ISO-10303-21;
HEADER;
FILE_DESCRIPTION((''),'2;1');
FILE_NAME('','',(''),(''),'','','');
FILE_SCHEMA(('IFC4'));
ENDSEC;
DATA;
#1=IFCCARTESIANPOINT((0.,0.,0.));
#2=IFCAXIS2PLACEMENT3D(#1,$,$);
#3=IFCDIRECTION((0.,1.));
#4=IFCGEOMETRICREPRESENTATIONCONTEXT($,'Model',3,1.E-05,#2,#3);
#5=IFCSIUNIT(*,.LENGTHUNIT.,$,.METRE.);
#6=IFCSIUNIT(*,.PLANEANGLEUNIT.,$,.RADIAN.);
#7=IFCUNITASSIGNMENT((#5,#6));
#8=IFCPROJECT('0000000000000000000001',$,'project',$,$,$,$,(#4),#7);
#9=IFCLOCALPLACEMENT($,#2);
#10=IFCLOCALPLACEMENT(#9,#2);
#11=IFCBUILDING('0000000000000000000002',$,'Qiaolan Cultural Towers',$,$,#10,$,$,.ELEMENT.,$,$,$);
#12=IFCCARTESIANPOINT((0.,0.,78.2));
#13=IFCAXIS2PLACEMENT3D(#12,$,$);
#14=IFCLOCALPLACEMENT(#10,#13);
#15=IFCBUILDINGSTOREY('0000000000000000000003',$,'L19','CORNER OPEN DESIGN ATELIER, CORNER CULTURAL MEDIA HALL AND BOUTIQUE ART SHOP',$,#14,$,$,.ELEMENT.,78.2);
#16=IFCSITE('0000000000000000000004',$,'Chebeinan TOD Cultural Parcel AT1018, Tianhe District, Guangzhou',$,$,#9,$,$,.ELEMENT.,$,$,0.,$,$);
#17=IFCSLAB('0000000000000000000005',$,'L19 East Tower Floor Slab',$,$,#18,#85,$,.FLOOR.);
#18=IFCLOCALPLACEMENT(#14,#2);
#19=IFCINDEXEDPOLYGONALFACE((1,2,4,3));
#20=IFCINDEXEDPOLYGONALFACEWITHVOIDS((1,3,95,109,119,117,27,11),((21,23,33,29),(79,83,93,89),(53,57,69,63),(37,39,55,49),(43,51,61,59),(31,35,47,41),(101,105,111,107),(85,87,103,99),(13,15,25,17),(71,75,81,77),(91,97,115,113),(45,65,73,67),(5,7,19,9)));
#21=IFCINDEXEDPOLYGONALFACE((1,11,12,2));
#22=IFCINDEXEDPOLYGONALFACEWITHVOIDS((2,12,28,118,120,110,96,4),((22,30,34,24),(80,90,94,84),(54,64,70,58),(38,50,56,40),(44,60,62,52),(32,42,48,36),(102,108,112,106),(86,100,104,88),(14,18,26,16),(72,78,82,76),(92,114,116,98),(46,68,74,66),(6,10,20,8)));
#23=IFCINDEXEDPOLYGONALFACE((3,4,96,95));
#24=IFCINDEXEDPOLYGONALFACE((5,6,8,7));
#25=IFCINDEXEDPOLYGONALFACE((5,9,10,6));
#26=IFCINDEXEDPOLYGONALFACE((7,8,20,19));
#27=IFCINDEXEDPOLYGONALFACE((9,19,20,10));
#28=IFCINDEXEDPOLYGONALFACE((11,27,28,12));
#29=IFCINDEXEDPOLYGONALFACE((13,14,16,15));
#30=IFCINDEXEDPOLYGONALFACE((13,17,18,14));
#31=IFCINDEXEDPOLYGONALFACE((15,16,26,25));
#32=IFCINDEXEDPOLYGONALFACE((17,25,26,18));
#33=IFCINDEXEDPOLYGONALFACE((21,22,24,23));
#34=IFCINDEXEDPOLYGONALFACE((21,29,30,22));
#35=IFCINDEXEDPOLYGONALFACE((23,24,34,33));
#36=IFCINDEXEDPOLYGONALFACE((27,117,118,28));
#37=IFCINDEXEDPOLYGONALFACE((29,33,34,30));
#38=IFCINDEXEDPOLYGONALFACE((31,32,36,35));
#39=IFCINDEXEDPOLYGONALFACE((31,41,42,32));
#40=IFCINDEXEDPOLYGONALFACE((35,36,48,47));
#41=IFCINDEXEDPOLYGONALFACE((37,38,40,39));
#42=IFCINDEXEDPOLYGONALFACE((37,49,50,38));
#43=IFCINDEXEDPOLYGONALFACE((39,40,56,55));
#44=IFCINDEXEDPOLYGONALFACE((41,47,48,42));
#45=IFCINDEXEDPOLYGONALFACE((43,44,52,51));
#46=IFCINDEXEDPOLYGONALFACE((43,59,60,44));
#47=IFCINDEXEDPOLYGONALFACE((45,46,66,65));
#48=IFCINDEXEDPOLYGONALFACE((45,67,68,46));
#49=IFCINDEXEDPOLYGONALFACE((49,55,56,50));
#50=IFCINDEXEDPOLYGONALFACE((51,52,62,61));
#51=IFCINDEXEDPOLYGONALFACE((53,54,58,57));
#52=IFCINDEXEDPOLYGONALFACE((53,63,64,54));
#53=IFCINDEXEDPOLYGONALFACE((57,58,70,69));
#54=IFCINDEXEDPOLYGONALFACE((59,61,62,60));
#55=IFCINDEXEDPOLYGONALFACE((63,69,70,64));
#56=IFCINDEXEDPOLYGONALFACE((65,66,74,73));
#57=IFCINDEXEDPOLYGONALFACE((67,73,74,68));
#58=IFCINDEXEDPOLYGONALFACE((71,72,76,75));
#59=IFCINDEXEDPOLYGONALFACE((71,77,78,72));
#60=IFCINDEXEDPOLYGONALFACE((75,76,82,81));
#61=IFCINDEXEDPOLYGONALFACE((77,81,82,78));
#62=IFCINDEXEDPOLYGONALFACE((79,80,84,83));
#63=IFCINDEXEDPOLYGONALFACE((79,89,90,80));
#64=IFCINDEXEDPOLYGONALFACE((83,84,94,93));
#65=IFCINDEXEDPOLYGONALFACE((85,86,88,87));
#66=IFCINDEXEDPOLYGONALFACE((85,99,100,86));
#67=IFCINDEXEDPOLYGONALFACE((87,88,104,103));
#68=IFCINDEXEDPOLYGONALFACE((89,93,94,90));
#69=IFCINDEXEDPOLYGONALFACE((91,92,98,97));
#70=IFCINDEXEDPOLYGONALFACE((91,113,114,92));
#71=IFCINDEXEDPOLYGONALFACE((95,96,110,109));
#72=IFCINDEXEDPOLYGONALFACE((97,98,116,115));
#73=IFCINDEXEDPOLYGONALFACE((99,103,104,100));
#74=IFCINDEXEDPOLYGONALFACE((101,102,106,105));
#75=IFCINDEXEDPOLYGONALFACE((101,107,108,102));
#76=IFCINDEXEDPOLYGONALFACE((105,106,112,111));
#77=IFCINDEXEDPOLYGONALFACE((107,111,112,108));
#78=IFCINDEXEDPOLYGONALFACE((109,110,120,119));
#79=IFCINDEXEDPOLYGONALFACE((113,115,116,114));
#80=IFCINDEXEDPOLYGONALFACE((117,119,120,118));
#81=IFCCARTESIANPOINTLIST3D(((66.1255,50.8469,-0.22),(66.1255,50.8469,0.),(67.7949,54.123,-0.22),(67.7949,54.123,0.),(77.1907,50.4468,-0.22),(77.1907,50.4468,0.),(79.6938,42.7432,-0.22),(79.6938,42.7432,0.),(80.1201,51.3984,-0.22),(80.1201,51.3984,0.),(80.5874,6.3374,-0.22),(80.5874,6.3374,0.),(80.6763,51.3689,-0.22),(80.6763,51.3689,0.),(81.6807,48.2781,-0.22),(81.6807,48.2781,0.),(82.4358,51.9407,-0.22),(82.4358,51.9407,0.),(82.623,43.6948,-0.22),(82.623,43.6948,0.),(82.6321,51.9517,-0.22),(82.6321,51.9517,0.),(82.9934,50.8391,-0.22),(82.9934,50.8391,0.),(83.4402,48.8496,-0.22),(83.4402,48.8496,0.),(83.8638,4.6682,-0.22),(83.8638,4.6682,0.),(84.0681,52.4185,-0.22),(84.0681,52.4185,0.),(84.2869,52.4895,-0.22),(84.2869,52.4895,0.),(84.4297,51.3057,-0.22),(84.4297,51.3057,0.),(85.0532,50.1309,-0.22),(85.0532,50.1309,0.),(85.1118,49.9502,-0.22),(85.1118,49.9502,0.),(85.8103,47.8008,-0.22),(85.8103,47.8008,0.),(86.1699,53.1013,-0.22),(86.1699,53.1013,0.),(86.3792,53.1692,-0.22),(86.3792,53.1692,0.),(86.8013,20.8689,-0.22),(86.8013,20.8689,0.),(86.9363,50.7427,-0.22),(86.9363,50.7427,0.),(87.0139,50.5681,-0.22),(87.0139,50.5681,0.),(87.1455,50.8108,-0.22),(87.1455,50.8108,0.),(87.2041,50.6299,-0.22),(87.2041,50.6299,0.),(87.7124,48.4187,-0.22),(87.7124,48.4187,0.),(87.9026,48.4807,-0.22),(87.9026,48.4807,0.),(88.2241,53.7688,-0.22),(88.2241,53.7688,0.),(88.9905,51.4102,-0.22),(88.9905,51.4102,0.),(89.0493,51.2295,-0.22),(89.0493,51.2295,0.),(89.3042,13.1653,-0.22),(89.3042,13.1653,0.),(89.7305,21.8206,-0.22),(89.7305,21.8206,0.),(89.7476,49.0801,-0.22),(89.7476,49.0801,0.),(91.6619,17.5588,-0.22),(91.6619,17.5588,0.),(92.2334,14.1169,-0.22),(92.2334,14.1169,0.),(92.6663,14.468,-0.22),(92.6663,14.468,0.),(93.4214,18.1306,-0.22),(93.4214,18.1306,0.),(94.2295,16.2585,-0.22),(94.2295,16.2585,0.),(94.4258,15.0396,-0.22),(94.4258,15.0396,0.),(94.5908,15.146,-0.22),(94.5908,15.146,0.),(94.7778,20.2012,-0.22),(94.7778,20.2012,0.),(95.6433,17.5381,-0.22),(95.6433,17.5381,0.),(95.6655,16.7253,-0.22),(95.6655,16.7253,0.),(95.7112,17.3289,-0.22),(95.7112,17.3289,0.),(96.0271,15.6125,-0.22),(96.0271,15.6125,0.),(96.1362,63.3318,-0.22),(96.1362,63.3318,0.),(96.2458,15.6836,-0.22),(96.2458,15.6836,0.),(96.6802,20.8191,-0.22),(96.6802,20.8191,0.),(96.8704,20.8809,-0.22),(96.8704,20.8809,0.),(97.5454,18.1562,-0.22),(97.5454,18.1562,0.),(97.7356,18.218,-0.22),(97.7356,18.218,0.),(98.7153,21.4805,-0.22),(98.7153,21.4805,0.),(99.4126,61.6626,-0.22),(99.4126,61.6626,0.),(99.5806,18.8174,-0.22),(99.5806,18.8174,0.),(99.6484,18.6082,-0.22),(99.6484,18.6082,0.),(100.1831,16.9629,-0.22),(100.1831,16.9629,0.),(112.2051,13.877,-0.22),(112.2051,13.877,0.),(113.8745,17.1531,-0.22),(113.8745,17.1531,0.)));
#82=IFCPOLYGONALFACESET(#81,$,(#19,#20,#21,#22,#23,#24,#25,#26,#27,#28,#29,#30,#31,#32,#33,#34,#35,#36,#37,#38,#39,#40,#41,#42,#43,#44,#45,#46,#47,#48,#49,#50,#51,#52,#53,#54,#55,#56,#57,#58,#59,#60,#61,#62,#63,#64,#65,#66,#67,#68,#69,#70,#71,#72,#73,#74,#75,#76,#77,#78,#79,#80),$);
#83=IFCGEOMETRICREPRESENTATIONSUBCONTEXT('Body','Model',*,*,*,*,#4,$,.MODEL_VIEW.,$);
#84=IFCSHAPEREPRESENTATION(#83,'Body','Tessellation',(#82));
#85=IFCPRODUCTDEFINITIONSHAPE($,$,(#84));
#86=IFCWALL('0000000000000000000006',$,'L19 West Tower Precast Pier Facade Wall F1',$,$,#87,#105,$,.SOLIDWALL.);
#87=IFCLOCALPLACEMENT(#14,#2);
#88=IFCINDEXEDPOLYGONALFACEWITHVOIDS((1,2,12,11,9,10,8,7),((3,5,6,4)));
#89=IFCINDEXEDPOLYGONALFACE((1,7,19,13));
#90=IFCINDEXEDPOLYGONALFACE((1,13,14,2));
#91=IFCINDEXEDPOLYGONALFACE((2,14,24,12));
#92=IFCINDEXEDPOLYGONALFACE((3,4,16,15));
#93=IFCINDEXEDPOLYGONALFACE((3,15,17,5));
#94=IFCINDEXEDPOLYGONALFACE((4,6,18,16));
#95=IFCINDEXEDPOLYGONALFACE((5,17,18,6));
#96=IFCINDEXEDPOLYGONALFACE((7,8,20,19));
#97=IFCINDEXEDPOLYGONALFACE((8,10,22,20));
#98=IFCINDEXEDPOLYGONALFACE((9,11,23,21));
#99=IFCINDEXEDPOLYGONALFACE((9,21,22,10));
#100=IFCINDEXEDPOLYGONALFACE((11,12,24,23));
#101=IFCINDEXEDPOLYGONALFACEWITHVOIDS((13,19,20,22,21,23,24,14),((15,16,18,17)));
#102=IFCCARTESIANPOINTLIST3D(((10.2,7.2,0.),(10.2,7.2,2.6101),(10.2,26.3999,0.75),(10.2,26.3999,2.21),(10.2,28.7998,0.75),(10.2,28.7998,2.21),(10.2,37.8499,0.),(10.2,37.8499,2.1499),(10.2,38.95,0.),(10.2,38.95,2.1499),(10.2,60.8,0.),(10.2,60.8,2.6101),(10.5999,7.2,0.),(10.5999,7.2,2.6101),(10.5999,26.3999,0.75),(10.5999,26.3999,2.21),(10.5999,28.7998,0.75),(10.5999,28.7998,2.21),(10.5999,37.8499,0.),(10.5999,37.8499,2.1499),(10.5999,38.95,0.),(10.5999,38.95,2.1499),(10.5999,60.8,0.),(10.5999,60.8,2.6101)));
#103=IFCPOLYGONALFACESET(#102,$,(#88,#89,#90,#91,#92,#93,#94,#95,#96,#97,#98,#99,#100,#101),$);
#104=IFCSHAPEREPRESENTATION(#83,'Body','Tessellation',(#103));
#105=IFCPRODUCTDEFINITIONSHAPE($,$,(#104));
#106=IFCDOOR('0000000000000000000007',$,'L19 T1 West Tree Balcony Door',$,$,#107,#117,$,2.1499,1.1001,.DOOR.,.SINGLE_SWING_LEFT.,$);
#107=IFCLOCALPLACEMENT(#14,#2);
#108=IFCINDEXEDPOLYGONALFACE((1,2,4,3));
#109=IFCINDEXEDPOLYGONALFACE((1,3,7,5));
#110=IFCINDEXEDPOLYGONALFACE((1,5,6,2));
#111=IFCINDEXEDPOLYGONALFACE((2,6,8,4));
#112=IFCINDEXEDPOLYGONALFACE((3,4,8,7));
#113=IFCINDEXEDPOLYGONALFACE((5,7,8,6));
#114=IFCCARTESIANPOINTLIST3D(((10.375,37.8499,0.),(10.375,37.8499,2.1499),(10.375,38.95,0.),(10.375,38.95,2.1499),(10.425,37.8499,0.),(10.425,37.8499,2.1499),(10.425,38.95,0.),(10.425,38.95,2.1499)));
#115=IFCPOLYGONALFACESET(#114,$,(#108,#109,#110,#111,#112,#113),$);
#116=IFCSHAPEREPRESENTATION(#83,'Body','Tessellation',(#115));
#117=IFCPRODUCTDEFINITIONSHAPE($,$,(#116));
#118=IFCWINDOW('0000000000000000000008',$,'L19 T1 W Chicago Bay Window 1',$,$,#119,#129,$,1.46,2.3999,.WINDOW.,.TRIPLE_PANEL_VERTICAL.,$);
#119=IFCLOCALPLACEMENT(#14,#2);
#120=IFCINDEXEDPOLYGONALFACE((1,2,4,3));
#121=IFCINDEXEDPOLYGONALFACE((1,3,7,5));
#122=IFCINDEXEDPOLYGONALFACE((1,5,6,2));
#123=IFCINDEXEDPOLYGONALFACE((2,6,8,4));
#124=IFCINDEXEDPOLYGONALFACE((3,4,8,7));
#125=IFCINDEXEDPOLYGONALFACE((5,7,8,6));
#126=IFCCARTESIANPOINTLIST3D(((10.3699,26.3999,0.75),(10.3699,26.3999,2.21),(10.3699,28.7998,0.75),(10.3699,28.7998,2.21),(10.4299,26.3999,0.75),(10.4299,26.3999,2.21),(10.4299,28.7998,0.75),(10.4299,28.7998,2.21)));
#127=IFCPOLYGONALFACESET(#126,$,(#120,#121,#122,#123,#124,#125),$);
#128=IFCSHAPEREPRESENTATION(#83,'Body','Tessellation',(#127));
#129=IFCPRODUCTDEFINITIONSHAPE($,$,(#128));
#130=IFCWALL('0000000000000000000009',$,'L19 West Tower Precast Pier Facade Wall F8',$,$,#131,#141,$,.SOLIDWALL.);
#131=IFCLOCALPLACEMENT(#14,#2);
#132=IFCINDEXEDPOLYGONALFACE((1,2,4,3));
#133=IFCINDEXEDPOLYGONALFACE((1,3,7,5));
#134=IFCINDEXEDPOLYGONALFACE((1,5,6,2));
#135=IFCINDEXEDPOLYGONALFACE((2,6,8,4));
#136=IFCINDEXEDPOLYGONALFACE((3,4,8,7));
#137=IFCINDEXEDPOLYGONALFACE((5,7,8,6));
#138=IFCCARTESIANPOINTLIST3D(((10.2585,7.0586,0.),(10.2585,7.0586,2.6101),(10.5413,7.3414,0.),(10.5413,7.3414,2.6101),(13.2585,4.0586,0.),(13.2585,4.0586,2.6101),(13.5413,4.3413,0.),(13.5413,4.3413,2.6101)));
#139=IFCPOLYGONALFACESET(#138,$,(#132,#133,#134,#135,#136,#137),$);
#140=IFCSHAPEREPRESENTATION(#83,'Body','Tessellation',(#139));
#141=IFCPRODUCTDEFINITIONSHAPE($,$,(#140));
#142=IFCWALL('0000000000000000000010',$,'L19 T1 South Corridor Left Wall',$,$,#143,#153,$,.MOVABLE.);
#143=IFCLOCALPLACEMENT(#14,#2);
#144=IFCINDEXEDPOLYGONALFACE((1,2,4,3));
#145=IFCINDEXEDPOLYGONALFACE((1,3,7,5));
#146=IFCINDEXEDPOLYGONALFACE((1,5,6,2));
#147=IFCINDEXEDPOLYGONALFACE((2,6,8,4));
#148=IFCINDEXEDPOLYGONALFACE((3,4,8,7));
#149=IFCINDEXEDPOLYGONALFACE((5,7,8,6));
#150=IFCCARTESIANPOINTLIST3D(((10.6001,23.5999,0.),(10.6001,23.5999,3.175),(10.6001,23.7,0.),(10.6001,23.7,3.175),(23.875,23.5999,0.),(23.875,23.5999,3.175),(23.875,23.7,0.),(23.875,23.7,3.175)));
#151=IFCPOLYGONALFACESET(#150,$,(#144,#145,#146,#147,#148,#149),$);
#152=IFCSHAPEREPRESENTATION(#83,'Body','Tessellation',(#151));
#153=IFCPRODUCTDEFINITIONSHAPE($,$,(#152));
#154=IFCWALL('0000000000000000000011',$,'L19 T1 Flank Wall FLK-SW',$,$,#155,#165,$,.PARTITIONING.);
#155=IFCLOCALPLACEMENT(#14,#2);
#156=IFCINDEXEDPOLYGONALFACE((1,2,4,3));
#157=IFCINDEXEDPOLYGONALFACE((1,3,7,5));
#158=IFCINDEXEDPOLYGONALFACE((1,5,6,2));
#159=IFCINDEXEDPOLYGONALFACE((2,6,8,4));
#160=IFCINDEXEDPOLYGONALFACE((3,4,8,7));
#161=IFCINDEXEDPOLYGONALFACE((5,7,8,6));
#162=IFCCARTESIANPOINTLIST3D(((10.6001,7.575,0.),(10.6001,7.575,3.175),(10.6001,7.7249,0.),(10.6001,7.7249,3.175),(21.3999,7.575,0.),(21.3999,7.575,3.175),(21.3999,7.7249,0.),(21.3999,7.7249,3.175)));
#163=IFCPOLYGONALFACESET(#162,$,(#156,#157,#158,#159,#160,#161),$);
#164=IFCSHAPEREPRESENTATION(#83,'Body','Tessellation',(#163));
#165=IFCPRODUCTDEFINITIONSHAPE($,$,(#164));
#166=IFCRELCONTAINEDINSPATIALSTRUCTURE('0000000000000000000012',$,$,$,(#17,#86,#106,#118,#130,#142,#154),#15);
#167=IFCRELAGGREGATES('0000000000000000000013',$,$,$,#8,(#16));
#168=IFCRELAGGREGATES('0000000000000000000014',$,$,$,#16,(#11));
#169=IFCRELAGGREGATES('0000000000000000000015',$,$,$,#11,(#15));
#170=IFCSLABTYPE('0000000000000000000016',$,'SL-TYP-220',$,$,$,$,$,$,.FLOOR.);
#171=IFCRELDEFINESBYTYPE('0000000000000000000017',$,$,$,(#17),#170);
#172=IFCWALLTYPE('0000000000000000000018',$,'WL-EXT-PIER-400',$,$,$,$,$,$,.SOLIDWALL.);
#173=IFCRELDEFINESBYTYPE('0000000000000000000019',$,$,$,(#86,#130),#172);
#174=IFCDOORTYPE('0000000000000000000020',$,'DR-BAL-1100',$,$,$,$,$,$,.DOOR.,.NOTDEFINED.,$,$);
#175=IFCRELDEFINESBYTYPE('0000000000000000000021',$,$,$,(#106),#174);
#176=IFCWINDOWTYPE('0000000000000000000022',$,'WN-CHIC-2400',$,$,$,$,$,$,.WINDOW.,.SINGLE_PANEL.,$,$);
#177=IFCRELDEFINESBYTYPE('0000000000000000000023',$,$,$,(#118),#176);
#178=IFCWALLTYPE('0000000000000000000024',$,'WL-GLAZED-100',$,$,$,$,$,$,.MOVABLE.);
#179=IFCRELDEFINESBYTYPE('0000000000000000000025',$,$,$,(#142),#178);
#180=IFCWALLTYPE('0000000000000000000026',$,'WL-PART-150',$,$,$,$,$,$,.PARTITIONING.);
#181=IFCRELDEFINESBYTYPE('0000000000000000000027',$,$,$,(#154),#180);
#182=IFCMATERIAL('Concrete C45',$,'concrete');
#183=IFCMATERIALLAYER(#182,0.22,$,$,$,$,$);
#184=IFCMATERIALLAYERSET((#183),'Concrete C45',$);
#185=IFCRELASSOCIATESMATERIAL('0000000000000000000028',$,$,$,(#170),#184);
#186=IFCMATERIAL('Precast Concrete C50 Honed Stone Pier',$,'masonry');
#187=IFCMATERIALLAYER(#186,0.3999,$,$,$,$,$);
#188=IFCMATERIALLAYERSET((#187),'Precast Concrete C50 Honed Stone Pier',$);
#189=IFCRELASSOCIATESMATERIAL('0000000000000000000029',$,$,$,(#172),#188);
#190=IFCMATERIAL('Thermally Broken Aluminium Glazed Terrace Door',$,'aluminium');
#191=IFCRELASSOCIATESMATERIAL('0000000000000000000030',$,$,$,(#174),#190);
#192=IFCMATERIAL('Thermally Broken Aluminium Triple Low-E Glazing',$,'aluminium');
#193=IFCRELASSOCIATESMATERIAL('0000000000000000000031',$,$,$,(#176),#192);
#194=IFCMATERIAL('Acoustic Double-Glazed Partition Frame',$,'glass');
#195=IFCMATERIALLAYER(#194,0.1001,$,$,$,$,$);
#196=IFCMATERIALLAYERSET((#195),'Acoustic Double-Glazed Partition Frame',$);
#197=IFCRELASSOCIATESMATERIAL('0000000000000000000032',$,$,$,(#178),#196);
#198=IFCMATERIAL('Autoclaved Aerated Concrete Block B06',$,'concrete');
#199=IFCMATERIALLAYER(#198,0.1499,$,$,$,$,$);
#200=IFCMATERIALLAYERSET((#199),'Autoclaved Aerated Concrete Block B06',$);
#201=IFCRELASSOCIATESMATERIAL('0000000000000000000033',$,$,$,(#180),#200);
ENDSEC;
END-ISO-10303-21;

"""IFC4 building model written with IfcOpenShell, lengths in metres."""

from ifc_helpers import new_model, si_unit, direction, frame, frame_2d, origin, place, context, subcontext, project, spatial, polyline, rectangle, outline, extrude, material, layer, layer_set, type_object, element, fill, save


model = new_model("IFC4")

# Units and contexts
model_context = context("Model", 3, precision=1e-05, world=origin(), true_north=direction((0.0, 1.0)))
body_context = subcontext(model_context, "Body", "Model", "MODEL_VIEW")
ifc_project = project(units=[si_unit("LENGTHUNIT", "METRE"), si_unit("PLANEANGLEUNIT", "RADIAN")], contexts=[model_context])

# Site, building, storey
site_placement = place(None, origin())
site = spatial("IfcSite", under=ifc_project, at=site_placement, Name="Chebeinan TOD Cultural Parcel AT1018, Tianhe District, Guangzhou", CompositionType="ELEMENT", RefElevation=0.0)
building_placement = place(site_placement, origin())
building = spatial("IfcBuilding", under=site, at=building_placement, Name="Qiaolan Cultural Towers", CompositionType="ELEMENT")
storey_placement = place(building_placement, frame((0.0, 0.0, 78.2)))
storey = spatial("IfcBuildingStorey", under=building, at=storey_placement, Name="L19", Description="CORNER OPEN DESIGN ATELIER, CORNER CULTURAL MEDIA HALL AND BOUTIQUE ART SHOP", CompositionType="ELEMENT", Elevation=78.2)

# Slab
ifc_material_1 = material(Name="Concrete C45", Category="concrete")
ifc_layer_1 = layer(ifc_material_1, 0.22)
ifc_layer_set_1 = layer_set([ifc_layer_1], Name="Concrete C45")
slab_type_1 = type_object("IfcSlabType", Name="SL-TYP-220", PredefinedType="FLOOR", material=ifc_layer_set_1)
slab_1_placement = place(storey_placement, frame((0.0, 0.0, -0.22)))
element("IfcSlab", 1, at=slab_1_placement, inside=storey, type_object=slab_type_1, Name="L19 East Tower Floor Slab", PredefinedType="FLOOR", context=body_context, shape_type="SweptSolid", body=[
    extrude(outline(polyline([(83.8638, 4.6682), (112.2051, 13.877), (113.8745, 17.1531), (99.4126, 61.6626), (96.1362, 63.3318), (67.7949, 54.123), (66.1255, 50.8469), (80.5874, 6.3374), (83.8638, 4.6682)]), holes=[polyline([(86.8013, 20.8689), (89.3042, 13.1653), (92.2334, 14.1169), (89.7305, 21.8206), (86.8013, 20.8689)]), polyline([(82.623, 43.6948), (80.1201, 51.3984), (77.1907, 50.4468), (79.6938, 42.7432), (82.623, 43.6948)]), polyline([(92.6663, 14.468), (94.4258, 15.0396), (93.4214, 18.1306), (91.6619, 17.5588), (92.6663, 14.468)]), polyline([(94.5908, 15.146), (96.0271, 15.6125), (95.6655, 16.7253), (94.2295, 16.2585), (94.5908, 15.146)]), polyline([(95.6433, 17.5381), (97.5454, 18.1562), (96.6802, 20.8191), (94.7778, 20.2012), (95.6433, 17.5381)]), polyline([(97.7356, 18.218), (99.5806, 18.8174), (98.7153, 21.4805), (96.8704, 20.8809), (97.7356, 18.218)]), polyline([(96.2458, 15.6836), (100.1831, 16.9629), (99.6484, 18.6082), (95.7112, 17.3289), (96.2458, 15.6836)]), polyline([(81.6807, 48.2781), (83.4402, 48.8496), (82.4358, 51.9407), (80.6763, 51.3689), (81.6807, 48.2781)]), polyline([(82.9934, 50.8391), (84.4297, 51.3057), (84.0681, 52.4185), (82.6321, 51.9517), (82.9934, 50.8391)]), polyline([(85.8103, 47.8008), (87.7124, 48.4187), (87.0139, 50.5681), (85.1118, 49.9502), (85.8103, 47.8008)]), polyline([(87.9026, 48.4807), (89.7476, 49.0801), (89.0493, 51.2295), (87.2041, 50.6299), (87.9026, 48.4807)]), polyline([(85.0532, 50.1309), (86.9363, 50.7427), (86.1699, 53.1013), (84.2869, 52.4895), (85.0532, 50.1309)]), polyline([(87.1455, 50.8108), (88.9905, 51.4102), (88.2241, 53.7688), (86.3792, 53.1692), (87.1455, 50.8108)])]), origin(), (0.0, 0.0, 1.0), 0.22),
])

# Wall, openings, door, window
ifc_material_2 = material(Name="Precast Concrete C50 Honed Stone Pier", Category="masonry")
ifc_layer_2 = layer(ifc_material_2, 0.3999)
ifc_layer_set_2 = layer_set([ifc_layer_2], Name="Precast Concrete C50 Honed Stone Pier")
wall_type_1 = type_object("IfcWallType", Name="WL-EXT-PIER-400", PredefinedType="SOLIDWALL", material=ifc_layer_set_2)
wall_1_placement = place(storey_placement, frame((10.3999, 7.2, 0.0), z_axis=(0.0, 0.0, 1.0), x_axis=(0.0, 1.0, 0.0)))
wall_1 = element("IfcWall", 2, at=wall_1_placement, inside=storey, type_object=wall_type_1, Name="L19 West Tower Precast Pier Facade Wall F1", PredefinedType="SOLIDWALL", context=body_context, shape_type="SweptSolid", body=[
    extrude(rectangle(XDim=53.6001, YDim=0.3999, at=frame_2d((26.8, 0.0))), origin(), (0.0, 0.0, 1.0), 2.6101),
])
opening_1_placement = place(wall_1_placement, frame((19.2, 0.0, 0.75)))
opening_1 = element("IfcOpeningElement", 3, at=opening_1_placement, cuts=wall_1, PredefinedType="OPENING", context=body_context, shape_type="SweptSolid", body=[
    extrude(rectangle(XDim=2.3999, YDim=1.46, at=frame_2d((1.2, 0.73))), frame((0.0, 0.21, 0.0), z_axis=(0.0, -1.0, 0.0), x_axis=(1.0, 0.0, 0.0)), (0.0, 0.0, 1.0), 0.4199),
])
opening_2_placement = place(wall_1_placement, frame((30.6499, 0.0, 0.0)))
opening_2 = element("IfcOpeningElement", 4, at=opening_2_placement, cuts=wall_1, PredefinedType="OPENING", context=body_context, shape_type="SweptSolid", body=[
    extrude(rectangle(XDim=1.1001, YDim=2.1499, at=frame_2d((0.55, 1.075))), frame((0.0, 0.21, 0.0), z_axis=(0.0, -1.0, 0.0), x_axis=(1.0, 0.0, 0.0)), (0.0, 0.0, 1.0), 0.4199),
])
ifc_material_3 = material(Name="Thermally Broken Aluminium Glazed Terrace Door", Category="aluminium")
door_type_1 = type_object("IfcDoorType", Name="DR-BAL-1100", OperationType="NOTDEFINED", PredefinedType="DOOR", material=ifc_material_3)
door_1_placement = place(opening_2_placement, origin())
door_1 = element("IfcDoor", 5, at=door_1_placement, inside=storey, type_object=door_type_1, Name="L19 T1 West Tree Balcony Door", OperationType="SINGLE_SWING_LEFT", OverallHeight=2.1499, OverallWidth=1.1001, PredefinedType="DOOR", context=body_context, shape_type="SweptSolid", body=[
    extrude(rectangle(XDim=1.1001, YDim=2.1499, at=frame_2d((0.55, 1.075))), frame((0.0, 0.0249, 0.0), z_axis=(0.0, -1.0, 0.0), x_axis=(1.0, 0.0, 0.0)), (0.0, 0.0, 1.0), 0.05),
])
fill(opening_2, door_1)
ifc_material_4 = material(Name="Thermally Broken Aluminium Triple Low-E Glazing", Category="aluminium")
window_type = type_object("IfcWindowType", Name="WN-CHIC-2400", PartitioningType="SINGLE_PANEL", PredefinedType="WINDOW", material=ifc_material_4)
window_placement = place(opening_1_placement, origin())
window = element("IfcWindow", 6, at=window_placement, inside=storey, type_object=window_type, Name="L19 T1 W Chicago Bay Window 1", OverallHeight=1.46, OverallWidth=2.3999, PartitioningType="TRIPLE_PANEL_VERTICAL", PredefinedType="WINDOW", context=body_context, shape_type="SweptSolid", body=[
    extrude(rectangle(XDim=2.3999, YDim=1.46, at=frame_2d((1.2, 0.73))), frame((0.0, 0.03, 0.0), z_axis=(0.0, -1.0, 0.0), x_axis=(1.0, 0.0, 0.0)), (0.0, 0.0, 1.0), 0.0601),
])
fill(opening_1, window)

# Walls
wall_2_placement = place(storey_placement, frame((13.3999, 4.2, 0.0), z_axis=(0.0, 0.0, 1.0), x_axis=(-0.707107, 0.707107, 0.0)))
element("IfcWall", 7, at=wall_2_placement, inside=storey, type_object=wall_type_1, Name="L19 West Tower Precast Pier Facade Wall F8", PredefinedType="SOLIDWALL", context=body_context, shape_type="SweptSolid", body=[
    extrude(rectangle(XDim=4.2427, YDim=0.3999, at=frame_2d((2.1213, 0.0))), origin(), (0.0, 0.0, 1.0), 2.6101),
])
ifc_material_5 = material(Name="Acoustic Double-Glazed Partition Frame", Category="glass")
ifc_layer_3 = layer(ifc_material_5, 0.1001)
ifc_layer_set_3 = layer_set([ifc_layer_3], Name="Acoustic Double-Glazed Partition Frame")
wall_type_2 = type_object("IfcWallType", Name="WL-GLAZED-100", PredefinedType="MOVABLE", material=ifc_layer_set_3)
wall_3_placement = place(storey_placement, frame((10.6001, 23.6499, 0.0), z_axis=(0.0, 0.0, 1.0), x_axis=(1.0, 0.0, 0.0)))
element("IfcWall", 8, at=wall_3_placement, inside=storey, type_object=wall_type_2, Name="L19 T1 South Corridor Left Wall", PredefinedType="MOVABLE", context=body_context, shape_type="SweptSolid", body=[
    extrude(rectangle(XDim=13.2749, YDim=0.1001, at=frame_2d((6.6375, 0.0))), origin(), (0.0, 0.0, 1.0), 3.175),
])
ifc_material_6 = material(Name="Autoclaved Aerated Concrete Block B06", Category="concrete")
ifc_layer_4 = layer(ifc_material_6, 0.1499)
ifc_layer_set_4 = layer_set([ifc_layer_4], Name="Autoclaved Aerated Concrete Block B06")
wall_type_3 = type_object("IfcWallType", Name="WL-PART-150", PredefinedType="PARTITIONING", material=ifc_layer_set_4)
wall_4_placement = place(storey_placement, frame((10.6001, 7.6499, 0.0), z_axis=(0.0, 0.0, 1.0), x_axis=(1.0, 0.0, 0.0)))
element("IfcWall", 9, at=wall_4_placement, inside=storey, type_object=wall_type_3, Name="L19 T1 Flank Wall FLK-SW", PredefinedType="PARTITIONING", context=body_context, shape_type="SweptSolid", body=[
    extrude(rectangle(XDim=10.7998, YDim=0.1499, at=frame_2d((5.3999, 0.0))), origin(), (0.0, 0.0, 1.0), 3.175),
])

save(model, "model.ifc")
